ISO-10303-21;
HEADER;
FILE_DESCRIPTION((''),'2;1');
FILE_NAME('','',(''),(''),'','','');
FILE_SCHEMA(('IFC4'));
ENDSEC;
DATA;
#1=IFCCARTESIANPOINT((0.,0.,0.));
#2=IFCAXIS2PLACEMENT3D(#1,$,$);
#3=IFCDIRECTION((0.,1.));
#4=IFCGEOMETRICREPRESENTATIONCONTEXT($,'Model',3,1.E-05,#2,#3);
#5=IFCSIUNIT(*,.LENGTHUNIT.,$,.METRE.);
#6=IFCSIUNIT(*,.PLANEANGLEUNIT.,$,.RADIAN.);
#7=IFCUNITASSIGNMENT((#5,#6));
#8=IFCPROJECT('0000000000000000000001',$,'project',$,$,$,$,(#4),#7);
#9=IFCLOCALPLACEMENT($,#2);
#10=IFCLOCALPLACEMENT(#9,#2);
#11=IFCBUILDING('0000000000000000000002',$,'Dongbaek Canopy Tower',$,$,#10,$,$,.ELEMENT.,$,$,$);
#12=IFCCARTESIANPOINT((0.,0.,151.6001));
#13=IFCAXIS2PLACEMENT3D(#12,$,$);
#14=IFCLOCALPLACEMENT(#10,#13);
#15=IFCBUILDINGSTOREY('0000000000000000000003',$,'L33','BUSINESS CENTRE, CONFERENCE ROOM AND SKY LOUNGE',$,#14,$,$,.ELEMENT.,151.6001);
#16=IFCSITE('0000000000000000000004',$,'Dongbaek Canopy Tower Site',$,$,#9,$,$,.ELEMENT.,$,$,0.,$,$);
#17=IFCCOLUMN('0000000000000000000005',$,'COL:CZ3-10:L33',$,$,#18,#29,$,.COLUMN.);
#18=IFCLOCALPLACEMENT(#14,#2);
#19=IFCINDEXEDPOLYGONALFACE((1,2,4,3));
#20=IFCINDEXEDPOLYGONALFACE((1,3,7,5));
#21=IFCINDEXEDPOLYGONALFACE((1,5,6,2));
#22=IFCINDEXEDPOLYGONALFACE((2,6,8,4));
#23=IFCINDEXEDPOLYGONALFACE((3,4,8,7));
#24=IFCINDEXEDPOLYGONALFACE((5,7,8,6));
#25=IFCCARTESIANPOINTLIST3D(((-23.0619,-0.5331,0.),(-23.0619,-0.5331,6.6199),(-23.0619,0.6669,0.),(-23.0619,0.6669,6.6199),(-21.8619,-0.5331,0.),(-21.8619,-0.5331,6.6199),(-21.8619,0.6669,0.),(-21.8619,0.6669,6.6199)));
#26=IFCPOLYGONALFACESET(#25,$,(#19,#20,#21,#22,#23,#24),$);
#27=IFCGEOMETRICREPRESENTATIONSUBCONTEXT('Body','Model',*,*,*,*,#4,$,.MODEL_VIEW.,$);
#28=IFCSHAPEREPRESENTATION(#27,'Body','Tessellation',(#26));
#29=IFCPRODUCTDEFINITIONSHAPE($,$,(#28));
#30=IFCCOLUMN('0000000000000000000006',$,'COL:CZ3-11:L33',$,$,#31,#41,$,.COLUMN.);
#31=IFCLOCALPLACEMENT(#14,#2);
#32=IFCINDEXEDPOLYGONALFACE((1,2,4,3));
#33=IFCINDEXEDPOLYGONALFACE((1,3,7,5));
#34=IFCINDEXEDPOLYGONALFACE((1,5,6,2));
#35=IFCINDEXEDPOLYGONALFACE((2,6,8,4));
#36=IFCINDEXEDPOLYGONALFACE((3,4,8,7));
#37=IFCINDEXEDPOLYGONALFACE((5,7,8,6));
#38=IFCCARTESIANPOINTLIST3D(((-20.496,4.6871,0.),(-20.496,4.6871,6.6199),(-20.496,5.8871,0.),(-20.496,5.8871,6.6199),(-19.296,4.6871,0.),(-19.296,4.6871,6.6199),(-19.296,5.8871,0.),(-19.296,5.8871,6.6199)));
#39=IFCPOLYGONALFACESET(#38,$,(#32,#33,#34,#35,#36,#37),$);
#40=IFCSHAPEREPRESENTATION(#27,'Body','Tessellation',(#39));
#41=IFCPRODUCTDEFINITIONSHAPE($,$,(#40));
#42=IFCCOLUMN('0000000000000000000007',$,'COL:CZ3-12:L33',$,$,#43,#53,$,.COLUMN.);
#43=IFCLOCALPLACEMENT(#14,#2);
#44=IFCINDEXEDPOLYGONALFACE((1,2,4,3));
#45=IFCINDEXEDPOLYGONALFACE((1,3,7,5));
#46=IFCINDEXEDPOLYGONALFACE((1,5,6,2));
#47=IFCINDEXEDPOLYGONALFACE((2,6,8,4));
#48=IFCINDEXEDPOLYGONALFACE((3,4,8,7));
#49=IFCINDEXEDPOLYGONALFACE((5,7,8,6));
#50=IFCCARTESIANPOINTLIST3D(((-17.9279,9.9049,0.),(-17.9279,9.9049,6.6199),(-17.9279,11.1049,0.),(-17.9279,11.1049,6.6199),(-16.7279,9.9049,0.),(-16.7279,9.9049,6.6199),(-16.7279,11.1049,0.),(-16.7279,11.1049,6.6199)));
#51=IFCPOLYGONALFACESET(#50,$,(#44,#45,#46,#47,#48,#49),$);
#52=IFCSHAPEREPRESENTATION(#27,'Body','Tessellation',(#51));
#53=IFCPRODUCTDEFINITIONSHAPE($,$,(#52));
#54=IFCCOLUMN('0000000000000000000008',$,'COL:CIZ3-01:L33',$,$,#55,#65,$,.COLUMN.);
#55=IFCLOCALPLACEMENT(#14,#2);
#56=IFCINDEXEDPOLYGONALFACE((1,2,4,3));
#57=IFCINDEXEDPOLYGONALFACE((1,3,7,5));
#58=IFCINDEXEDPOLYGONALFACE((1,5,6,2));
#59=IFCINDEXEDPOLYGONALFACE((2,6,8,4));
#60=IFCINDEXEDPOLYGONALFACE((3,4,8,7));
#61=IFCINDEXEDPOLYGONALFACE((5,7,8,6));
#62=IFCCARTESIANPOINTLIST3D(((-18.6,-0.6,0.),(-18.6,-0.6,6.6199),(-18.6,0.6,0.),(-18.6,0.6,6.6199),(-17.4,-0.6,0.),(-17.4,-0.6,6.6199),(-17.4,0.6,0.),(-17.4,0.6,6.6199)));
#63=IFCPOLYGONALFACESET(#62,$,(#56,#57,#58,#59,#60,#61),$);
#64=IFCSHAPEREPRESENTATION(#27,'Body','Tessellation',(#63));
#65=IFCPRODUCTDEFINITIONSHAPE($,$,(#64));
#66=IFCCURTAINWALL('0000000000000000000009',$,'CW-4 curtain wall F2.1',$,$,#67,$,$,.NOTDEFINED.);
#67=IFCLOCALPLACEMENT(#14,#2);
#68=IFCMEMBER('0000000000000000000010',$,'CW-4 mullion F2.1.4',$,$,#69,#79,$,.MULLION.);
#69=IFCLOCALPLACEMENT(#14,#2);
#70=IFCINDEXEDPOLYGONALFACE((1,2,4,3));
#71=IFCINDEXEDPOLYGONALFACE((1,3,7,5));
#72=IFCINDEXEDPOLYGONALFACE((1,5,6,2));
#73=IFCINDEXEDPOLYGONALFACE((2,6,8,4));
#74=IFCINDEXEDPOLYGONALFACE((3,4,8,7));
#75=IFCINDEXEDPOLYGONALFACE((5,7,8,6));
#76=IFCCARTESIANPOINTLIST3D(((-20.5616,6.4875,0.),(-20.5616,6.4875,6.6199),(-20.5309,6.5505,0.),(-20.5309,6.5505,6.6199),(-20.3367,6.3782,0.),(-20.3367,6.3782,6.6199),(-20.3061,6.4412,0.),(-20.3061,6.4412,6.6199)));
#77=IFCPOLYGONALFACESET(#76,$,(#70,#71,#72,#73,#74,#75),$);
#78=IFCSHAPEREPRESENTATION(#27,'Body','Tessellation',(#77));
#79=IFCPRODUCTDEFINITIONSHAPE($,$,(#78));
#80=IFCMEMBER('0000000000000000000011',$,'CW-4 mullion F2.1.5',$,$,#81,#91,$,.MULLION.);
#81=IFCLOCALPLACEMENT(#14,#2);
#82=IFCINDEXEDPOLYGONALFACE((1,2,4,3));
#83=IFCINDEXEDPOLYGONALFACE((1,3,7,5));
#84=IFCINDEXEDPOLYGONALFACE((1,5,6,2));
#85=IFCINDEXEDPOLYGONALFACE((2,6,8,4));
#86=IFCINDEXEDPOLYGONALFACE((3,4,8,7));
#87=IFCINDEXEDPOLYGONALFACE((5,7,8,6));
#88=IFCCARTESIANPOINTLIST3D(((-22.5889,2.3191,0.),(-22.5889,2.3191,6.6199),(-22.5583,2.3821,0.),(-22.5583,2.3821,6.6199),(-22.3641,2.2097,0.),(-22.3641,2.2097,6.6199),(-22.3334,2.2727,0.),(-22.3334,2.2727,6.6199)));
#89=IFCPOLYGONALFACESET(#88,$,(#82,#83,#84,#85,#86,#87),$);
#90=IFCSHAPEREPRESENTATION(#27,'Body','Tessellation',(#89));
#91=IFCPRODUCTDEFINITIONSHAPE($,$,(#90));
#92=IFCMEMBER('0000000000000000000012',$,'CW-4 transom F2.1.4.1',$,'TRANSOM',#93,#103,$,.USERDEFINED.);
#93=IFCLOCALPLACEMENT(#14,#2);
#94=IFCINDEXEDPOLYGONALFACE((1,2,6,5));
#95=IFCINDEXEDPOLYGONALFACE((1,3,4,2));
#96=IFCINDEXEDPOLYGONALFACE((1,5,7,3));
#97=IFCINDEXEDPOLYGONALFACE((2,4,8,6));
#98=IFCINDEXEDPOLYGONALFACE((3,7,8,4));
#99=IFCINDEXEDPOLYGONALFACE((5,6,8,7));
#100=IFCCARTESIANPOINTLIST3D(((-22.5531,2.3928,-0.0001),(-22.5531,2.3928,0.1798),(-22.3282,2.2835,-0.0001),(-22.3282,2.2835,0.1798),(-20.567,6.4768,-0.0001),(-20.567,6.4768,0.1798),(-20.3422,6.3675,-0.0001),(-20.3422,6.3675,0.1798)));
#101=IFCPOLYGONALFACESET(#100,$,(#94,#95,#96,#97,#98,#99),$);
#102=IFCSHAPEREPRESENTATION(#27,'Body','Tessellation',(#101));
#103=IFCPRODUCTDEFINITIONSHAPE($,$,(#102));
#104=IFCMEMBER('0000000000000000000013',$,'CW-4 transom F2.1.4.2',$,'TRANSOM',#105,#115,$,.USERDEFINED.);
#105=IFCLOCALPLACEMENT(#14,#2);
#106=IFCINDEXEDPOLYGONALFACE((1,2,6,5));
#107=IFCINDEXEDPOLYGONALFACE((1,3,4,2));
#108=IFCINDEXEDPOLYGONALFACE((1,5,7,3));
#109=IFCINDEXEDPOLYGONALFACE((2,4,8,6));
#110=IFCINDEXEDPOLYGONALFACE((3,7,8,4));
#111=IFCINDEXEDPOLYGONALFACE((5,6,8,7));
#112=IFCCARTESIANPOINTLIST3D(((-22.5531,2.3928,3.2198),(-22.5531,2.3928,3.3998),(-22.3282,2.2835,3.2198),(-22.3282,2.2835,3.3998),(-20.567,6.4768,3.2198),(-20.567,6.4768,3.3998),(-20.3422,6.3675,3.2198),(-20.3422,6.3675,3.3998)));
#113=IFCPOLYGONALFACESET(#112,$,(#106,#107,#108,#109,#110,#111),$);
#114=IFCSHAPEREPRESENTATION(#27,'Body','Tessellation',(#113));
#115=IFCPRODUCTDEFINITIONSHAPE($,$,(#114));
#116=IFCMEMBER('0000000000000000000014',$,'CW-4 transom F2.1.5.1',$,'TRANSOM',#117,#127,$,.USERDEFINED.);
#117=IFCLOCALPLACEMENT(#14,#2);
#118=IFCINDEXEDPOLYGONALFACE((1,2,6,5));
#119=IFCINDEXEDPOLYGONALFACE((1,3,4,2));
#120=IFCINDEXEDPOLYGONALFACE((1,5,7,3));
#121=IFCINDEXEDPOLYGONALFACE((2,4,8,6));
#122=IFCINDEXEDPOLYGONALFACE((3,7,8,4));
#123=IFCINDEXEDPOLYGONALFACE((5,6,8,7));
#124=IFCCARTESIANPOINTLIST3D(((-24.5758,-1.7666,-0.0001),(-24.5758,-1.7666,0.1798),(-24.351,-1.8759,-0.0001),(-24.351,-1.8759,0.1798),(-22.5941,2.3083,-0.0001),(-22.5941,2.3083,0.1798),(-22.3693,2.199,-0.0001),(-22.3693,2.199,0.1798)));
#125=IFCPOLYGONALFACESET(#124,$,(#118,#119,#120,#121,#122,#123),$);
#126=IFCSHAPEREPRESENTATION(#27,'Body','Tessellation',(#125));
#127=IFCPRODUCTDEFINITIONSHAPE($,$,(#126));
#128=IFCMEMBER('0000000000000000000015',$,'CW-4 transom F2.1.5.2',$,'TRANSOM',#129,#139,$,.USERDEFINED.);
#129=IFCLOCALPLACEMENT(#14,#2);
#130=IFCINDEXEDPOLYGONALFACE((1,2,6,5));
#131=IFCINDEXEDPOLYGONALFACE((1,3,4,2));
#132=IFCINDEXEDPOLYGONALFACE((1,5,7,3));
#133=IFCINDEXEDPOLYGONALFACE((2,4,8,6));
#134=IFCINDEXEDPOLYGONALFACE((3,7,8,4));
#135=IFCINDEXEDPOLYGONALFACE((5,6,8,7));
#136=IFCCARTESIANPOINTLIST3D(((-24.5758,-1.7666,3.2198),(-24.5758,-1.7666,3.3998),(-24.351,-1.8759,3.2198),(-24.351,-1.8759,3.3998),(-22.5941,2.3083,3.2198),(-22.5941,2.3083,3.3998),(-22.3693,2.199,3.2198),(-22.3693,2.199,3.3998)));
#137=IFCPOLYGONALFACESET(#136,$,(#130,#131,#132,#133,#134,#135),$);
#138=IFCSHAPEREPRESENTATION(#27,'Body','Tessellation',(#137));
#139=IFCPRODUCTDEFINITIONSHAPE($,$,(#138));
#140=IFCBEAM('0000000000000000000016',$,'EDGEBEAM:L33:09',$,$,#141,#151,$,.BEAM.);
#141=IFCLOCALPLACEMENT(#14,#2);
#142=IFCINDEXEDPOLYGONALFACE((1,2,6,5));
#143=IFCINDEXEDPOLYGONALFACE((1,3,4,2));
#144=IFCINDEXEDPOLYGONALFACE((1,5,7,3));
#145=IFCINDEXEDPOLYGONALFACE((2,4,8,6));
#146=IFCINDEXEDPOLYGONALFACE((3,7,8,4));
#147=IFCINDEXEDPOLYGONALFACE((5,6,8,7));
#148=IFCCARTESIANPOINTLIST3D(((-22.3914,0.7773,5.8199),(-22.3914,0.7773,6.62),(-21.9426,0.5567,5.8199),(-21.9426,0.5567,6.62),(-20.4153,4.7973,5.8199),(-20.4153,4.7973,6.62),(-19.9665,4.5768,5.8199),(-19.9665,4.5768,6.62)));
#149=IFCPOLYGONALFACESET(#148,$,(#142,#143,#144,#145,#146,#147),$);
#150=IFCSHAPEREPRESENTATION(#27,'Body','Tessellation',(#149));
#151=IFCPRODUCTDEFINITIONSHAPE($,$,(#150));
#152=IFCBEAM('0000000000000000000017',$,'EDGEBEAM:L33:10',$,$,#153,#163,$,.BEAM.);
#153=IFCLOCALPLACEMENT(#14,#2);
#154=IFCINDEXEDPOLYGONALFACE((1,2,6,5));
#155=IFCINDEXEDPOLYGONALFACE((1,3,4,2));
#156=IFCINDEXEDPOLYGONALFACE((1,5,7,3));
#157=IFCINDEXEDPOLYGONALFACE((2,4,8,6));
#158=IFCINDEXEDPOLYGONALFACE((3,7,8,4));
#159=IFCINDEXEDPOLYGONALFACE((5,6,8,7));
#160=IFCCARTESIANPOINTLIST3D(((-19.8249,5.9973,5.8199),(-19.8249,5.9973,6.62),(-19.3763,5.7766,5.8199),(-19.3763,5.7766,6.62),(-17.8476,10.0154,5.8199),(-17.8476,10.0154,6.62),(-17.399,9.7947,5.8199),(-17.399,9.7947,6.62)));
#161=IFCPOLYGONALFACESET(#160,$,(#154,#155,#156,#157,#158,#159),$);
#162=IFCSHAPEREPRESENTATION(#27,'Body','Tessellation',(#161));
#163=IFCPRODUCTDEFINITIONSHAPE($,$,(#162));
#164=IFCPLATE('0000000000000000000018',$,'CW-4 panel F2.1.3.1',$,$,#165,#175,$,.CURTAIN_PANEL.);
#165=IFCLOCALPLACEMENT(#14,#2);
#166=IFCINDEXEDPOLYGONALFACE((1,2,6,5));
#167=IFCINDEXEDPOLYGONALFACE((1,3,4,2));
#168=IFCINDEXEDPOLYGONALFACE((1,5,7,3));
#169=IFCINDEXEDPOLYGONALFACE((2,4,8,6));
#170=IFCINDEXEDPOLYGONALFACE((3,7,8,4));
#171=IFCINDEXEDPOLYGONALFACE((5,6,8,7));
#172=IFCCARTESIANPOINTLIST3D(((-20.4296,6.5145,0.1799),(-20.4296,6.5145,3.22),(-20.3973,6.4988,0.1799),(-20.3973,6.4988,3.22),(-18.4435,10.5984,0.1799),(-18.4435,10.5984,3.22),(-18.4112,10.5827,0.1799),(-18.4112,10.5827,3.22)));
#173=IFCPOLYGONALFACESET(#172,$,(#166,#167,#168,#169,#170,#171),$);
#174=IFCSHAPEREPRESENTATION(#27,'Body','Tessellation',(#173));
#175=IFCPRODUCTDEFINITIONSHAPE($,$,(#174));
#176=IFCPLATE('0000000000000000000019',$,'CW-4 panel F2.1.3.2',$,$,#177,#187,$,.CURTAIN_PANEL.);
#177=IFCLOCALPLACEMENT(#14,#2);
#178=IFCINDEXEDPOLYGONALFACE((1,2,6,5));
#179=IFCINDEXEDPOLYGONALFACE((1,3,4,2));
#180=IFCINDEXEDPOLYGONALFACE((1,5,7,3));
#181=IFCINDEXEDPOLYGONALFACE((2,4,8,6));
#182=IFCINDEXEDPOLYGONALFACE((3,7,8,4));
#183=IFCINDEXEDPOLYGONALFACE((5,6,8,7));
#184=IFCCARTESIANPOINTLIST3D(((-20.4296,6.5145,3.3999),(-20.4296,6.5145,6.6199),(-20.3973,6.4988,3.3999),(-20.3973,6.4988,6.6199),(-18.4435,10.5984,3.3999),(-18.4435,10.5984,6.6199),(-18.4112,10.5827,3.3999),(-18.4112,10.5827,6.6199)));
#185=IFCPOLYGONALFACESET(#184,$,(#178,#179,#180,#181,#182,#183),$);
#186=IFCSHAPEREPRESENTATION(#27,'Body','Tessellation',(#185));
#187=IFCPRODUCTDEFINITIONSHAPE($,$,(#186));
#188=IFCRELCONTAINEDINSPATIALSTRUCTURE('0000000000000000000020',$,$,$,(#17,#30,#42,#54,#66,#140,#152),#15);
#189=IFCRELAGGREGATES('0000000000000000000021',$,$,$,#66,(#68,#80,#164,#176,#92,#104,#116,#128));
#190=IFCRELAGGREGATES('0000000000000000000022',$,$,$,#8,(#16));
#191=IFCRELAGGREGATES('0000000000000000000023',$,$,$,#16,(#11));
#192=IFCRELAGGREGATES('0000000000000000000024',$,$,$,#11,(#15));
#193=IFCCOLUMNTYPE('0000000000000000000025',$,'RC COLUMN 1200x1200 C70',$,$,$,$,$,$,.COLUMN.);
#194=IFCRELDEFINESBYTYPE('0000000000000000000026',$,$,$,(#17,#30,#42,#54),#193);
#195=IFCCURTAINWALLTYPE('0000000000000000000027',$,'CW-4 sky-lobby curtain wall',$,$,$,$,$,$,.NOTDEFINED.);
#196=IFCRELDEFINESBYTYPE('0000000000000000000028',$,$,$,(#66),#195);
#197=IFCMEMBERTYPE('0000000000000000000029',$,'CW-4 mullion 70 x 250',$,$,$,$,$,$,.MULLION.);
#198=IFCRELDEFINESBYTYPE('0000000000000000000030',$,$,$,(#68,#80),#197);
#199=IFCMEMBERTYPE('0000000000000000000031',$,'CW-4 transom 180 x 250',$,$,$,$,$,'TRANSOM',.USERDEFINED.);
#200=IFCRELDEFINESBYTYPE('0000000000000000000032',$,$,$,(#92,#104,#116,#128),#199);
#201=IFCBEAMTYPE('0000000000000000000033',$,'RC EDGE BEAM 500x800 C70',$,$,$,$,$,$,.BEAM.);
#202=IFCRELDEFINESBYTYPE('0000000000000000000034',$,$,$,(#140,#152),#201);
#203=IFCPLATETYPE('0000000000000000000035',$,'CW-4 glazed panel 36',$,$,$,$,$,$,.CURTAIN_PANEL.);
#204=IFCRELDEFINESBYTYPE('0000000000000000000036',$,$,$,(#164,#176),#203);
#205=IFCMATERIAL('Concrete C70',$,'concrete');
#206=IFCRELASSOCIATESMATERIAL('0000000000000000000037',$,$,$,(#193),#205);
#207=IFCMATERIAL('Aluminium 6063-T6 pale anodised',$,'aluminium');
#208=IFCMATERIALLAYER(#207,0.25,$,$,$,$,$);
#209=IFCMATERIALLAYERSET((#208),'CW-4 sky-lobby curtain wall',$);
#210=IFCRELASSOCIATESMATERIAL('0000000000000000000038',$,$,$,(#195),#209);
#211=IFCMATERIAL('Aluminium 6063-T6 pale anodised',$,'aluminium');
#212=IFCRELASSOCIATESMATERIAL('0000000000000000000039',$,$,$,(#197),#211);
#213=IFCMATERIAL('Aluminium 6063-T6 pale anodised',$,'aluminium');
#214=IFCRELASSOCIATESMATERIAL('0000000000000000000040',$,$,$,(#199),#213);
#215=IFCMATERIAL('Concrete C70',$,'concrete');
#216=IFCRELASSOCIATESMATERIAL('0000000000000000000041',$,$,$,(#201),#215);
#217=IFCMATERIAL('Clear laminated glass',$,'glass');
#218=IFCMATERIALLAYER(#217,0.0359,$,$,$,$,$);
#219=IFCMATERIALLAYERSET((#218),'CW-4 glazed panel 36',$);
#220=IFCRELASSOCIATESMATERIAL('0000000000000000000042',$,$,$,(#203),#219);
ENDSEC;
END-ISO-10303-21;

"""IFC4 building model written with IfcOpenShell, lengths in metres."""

from ifc_helpers import new_model, si_unit, direction, frame, origin, origin_2d, place, context, subcontext, project, spatial, rectangle, extrude, material, layer, layer_set, material_profile, profile_set, type_object, element, aggregate, save


model = new_model("IFC4")

# Units and contexts
model_context = context("Model", 3, precision=1e-05, world=origin(), true_north=direction((0.0, 1.0)))
body_context = subcontext(model_context, "Body", "Model", "MODEL_VIEW")
ifc_project = project(units=[si_unit("LENGTHUNIT", "METRE"), si_unit("PLANEANGLEUNIT", "RADIAN")], contexts=[model_context])

# Site, building, storey
site_placement = place(None, origin())
site = spatial("IfcSite", under=ifc_project, at=site_placement, Name="Dongbaek Canopy Tower Site", CompositionType="ELEMENT", RefElevation=0.0)
building_placement = place(site_placement, origin())
building = spatial("IfcBuilding", under=site, at=building_placement, Name="Dongbaek Canopy Tower", CompositionType="ELEMENT")
storey_placement = place(building_placement, frame((0.0, 0.0, 151.6001)))
storey = spatial("IfcBuildingStorey", under=building, at=storey_placement, Name="L33", Description="BUSINESS CENTRE, CONFERENCE ROOM AND SKY LOUNGE", CompositionType="ELEMENT", Elevation=151.6001)

# Columns
ifc_material_1 = material(Name="Concrete C70", Category="concrete")
ifc_material_profile_1 = material_profile(ifc_material_1, rectangle(XDim=1.2, YDim=1.2, at=origin_2d()), Name="RC COLUMN 1200x1200 C70")
ifc_profile_set_1 = profile_set([ifc_material_profile_1], Name="Concrete C70")
column_type = type_object("IfcColumnType", Name="RC COLUMN 1200x1200 C70", PredefinedType="COLUMN", material=ifc_profile_set_1)
for number, where, z_axis, x_axis, name in (
    (1, (-22.4619, 0.0669, 0.0), (0.0, 0.0, 1.0), (1.0, 0.0, 0.0), "COL:CZ3-10:L33"),
    (2, (-19.896, 5.2871, 0.0), (0.0, 0.0, 1.0), (1.0, 0.0, 0.0), "COL:CZ3-11:L33"),
    (3, (-17.3279, 10.5049, 0.0), (0.0, 0.0, 1.0), (1.0, 0.0, 0.0), "COL:CZ3-12:L33"),
    (4, (-18.0, 0.0, 0.0), (0.0, 0.0, 1.0), (1.0, 0.0, 0.0), "COL:CIZ3-01:L33"),
):
    element("IfcColumn", number, at=place(storey_placement, frame(where, z_axis=z_axis, x_axis=x_axis)), inside=storey, type_object=column_type, Name=name, PredefinedType="COLUMN", context=body_context, shape_type="SweptSolid", body=[
        extrude(rectangle(XDim=1.2, YDim=1.2, at=origin_2d()), origin(), (0.0, 0.0, 1.0), 6.6199),
    ])

# Curtain wall, members
ifc_material_2 = material(Name="Aluminium 6063-T6 pale anodised", Category="aluminium")
ifc_layer_1 = layer(ifc_material_2, 0.25)
ifc_layer_set_1 = layer_set([ifc_layer_1], Name="CW-4 sky-lobby curtain wall")
curtain_wall_type = type_object("IfcCurtainWallType", Name="CW-4 sky-lobby curtain wall", PredefinedType="NOTDEFINED", material=ifc_layer_set_1)
curtain_wall_placement = place(storey_placement, origin())
curtain_wall = element("IfcCurtainWall", 5, at=curtain_wall_placement, inside=storey, type_object=curtain_wall_type, Name="CW-4 curtain wall F2.1", PredefinedType="NOTDEFINED")
ifc_material_3 = material(Name="Aluminium 6063-T6 pale anodised", Category="aluminium")
ifc_material_profile_2 = material_profile(ifc_material_3, rectangle(XDim=0.25, YDim=0.0701, at=origin_2d()), Name="CW-4 mullion 70 x 250")
ifc_profile_set_2 = profile_set([ifc_material_profile_2], Name="Aluminium 6063-T6 pale anodised")
member_type_1 = type_object("IfcMemberType", Name="CW-4 mullion 70 x 250", PredefinedType="MULLION", material=ifc_profile_set_2)
member_1_placement = place(storey_placement, frame((-20.4338, 6.4644, 0.0), z_axis=(0.0, 0.0, 1.0), x_axis=(-0.899298, 0.437336, 0.0)))
member_1 = element("IfcMember", 6, at=member_1_placement, type_object=member_type_1, Name="CW-4 mullion F2.1.4", PredefinedType="MULLION", context=body_context, shape_type="SweptSolid", body=[
    extrude(rectangle(XDim=0.25, YDim=0.0701, at=origin_2d()), origin(), (0.0, 0.0, 1.0), 6.6199),
])
member_2_placement = place(storey_placement, frame((-22.4612, 2.2959, 0.0), z_axis=(0.0, 0.0, 1.0), x_axis=(-0.899298, 0.437336, 0.0)))
member_2 = element("IfcMember", 7, at=member_2_placement, type_object=member_type_1, Name="CW-4 mullion F2.1.5", PredefinedType="MULLION", context=body_context, shape_type="SweptSolid", body=[
    extrude(rectangle(XDim=0.25, YDim=0.0701, at=origin_2d()), origin(), (0.0, 0.0, 1.0), 6.6199),
])
ifc_material_4 = material(Name="Aluminium 6063-T6 pale anodised", Category="aluminium")
ifc_material_profile_3 = material_profile(ifc_material_4, rectangle(XDim=0.25, YDim=0.1799, at=origin_2d()), Name="CW-4 transom 180 x 250")
ifc_profile_set_3 = profile_set([ifc_material_profile_3], Name="Aluminium 6063-T6 pale anodised")
member_type_2 = type_object("IfcMemberType", Name="CW-4 transom 180 x 250", ElementType="TRANSOM", PredefinedType="USERDEFINED", material=ifc_profile_set_3)
member_3_placement = place(storey_placement, frame((-20.4546, 6.4221, 0.0898), z_axis=(-0.437338, -0.899297, 0.0), x_axis=(0.899297, -0.437338, 0.0)))
member_3 = element("IfcMember", 8, at=member_3_placement, type_object=member_type_2, Name="CW-4 transom F2.1.4.1", ObjectType="TRANSOM", PredefinedType="USERDEFINED", context=body_context, shape_type="SweptSolid", body=[
    extrude(rectangle(XDim=0.25, YDim=0.1799, at=origin_2d()), origin(), (0.0, 0.0, 1.0), 4.5413),
])
member_4_placement = place(storey_placement, frame((-20.4546, 6.4221, 3.3098), z_axis=(-0.437338, -0.899297, 0.0), x_axis=(0.899297, -0.437338, 0.0)))
member_4 = element("IfcMember", 9, at=member_4_placement, type_object=member_type_2, Name="CW-4 transom F2.1.4.2", ObjectType="TRANSOM", PredefinedType="USERDEFINED", context=body_context, shape_type="SweptSolid", body=[
    extrude(rectangle(XDim=0.25, YDim=0.1799, at=origin_2d()), origin(), (0.0, 0.0, 1.0), 4.5413),
])
member_5_placement = place(storey_placement, frame((-22.4817, 2.2537, 0.0898), z_axis=(-0.437337, -0.899298, 0.0), x_axis=(0.899298, -0.437337, 0.0)))
member_5 = element("IfcMember", 10, at=member_5_placement, type_object=member_type_2, Name="CW-4 transom F2.1.5.1", ObjectType="TRANSOM", PredefinedType="USERDEFINED", context=body_context, shape_type="SweptSolid", body=[
    extrude(rectangle(XDim=0.25, YDim=0.1799, at=origin_2d()), origin(), (0.0, 0.0, 1.0), 4.5312),
])
member_6_placement = place(storey_placement, frame((-22.4817, 2.2537, 3.3098), z_axis=(-0.437337, -0.899298, 0.0), x_axis=(0.899298, -0.437337, 0.0)))
member_6 = element("IfcMember", 11, at=member_6_placement, type_object=member_type_2, Name="CW-4 transom F2.1.5.2", ObjectType="TRANSOM", PredefinedType="USERDEFINED", context=body_context, shape_type="SweptSolid", body=[
    extrude(rectangle(XDim=0.25, YDim=0.1799, at=origin_2d()), origin(), (0.0, 0.0, 1.0), 4.5312),
])

# Beams
ifc_material_5 = material(Name="Concrete C70", Category="concrete")
ifc_material_profile_4 = material_profile(ifc_material_5, rectangle(XDim=0.5, YDim=0.8, at=origin_2d()), Name="RC EDGE BEAM 500x800 C70")
ifc_profile_set_4 = profile_set([ifc_material_profile_4], Name="Concrete C70")
beam_type = type_object("IfcBeamType", Name="RC EDGE BEAM 500x800 C70", PredefinedType="BEAM", material=ifc_profile_set_4)
beam_1_placement = place(storey_placement, frame((-22.167, 0.667, 6.22), z_axis=(0.441143, 0.897437, 0.0), x_axis=(-0.897437, 0.441143, 0.0)))
element("IfcBeam", 12, at=beam_1_placement, inside=storey, type_object=beam_type, Name="EDGEBEAM:L33:09", PredefinedType="BEAM", context=body_context, shape_type="SweptSolid", body=[
    extrude(rectangle(XDim=0.5, YDim=0.8, at=origin_2d()), origin(), (0.0, 0.0, 1.0), 4.4795),
])
beam_2_placement = place(storey_placement, frame((-19.6006, 5.887, 6.22), z_axis=(0.441535, 0.897244, 0.0), x_axis=(-0.897244, 0.441535, 0.0)))
element("IfcBeam", 13, at=beam_2_placement, inside=storey, type_object=beam_type, Name="EDGEBEAM:L33:10", PredefinedType="BEAM", context=body_context, shape_type="SweptSolid", body=[
    extrude(rectangle(XDim=0.5, YDim=0.8, at=origin_2d()), origin(), (0.0, 0.0, 1.0), 4.4783),
])

# Plates
ifc_material_6 = material(Name="Clear laminated glass", Category="glass")
ifc_layer_2 = layer(ifc_material_6, 0.0359)
ifc_layer_set_2 = layer_set([ifc_layer_2], Name="CW-4 glazed panel 36")
plate_type = type_object("IfcPlateType", Name="CW-4 glazed panel 36", PredefinedType="CURTAIN_PANEL", material=ifc_layer_set_2)
plate_1_placement = place(storey_placement, frame((-19.4204, 8.5486, 0.1799), z_axis=(0.0, 0.0, 1.0), x_axis=(-0.437336, -0.899298, 0.0)))
plate_1 = element("IfcPlate", 14, at=plate_1_placement, type_object=plate_type, Name="CW-4 panel F2.1.3.1", PredefinedType="CURTAIN_PANEL", context=body_context, shape_type="SweptSolid", body=[
    extrude(rectangle(XDim=4.5413, YDim=0.0359, at=origin_2d()), origin(), (0.0, 0.0, 1.0), 3.04),
])
plate_2_placement = place(storey_placement, frame((-19.4204, 8.5486, 3.3999), z_axis=(0.0, 0.0, 1.0), x_axis=(-0.437336, -0.899298, 0.0)))
plate_2 = element("IfcPlate", 15, at=plate_2_placement, type_object=plate_type, Name="CW-4 panel F2.1.3.2", PredefinedType="CURTAIN_PANEL", context=body_context, shape_type="SweptSolid", body=[
    extrude(rectangle(XDim=4.5413, YDim=0.0359, at=origin_2d()), origin(), (0.0, 0.0, 1.0), 3.22),
])

aggregate(curtain_wall, [member_1, member_2, plate_1, plate_2, member_3, member_4, member_5, member_6])

save(model, "model.ifc")
